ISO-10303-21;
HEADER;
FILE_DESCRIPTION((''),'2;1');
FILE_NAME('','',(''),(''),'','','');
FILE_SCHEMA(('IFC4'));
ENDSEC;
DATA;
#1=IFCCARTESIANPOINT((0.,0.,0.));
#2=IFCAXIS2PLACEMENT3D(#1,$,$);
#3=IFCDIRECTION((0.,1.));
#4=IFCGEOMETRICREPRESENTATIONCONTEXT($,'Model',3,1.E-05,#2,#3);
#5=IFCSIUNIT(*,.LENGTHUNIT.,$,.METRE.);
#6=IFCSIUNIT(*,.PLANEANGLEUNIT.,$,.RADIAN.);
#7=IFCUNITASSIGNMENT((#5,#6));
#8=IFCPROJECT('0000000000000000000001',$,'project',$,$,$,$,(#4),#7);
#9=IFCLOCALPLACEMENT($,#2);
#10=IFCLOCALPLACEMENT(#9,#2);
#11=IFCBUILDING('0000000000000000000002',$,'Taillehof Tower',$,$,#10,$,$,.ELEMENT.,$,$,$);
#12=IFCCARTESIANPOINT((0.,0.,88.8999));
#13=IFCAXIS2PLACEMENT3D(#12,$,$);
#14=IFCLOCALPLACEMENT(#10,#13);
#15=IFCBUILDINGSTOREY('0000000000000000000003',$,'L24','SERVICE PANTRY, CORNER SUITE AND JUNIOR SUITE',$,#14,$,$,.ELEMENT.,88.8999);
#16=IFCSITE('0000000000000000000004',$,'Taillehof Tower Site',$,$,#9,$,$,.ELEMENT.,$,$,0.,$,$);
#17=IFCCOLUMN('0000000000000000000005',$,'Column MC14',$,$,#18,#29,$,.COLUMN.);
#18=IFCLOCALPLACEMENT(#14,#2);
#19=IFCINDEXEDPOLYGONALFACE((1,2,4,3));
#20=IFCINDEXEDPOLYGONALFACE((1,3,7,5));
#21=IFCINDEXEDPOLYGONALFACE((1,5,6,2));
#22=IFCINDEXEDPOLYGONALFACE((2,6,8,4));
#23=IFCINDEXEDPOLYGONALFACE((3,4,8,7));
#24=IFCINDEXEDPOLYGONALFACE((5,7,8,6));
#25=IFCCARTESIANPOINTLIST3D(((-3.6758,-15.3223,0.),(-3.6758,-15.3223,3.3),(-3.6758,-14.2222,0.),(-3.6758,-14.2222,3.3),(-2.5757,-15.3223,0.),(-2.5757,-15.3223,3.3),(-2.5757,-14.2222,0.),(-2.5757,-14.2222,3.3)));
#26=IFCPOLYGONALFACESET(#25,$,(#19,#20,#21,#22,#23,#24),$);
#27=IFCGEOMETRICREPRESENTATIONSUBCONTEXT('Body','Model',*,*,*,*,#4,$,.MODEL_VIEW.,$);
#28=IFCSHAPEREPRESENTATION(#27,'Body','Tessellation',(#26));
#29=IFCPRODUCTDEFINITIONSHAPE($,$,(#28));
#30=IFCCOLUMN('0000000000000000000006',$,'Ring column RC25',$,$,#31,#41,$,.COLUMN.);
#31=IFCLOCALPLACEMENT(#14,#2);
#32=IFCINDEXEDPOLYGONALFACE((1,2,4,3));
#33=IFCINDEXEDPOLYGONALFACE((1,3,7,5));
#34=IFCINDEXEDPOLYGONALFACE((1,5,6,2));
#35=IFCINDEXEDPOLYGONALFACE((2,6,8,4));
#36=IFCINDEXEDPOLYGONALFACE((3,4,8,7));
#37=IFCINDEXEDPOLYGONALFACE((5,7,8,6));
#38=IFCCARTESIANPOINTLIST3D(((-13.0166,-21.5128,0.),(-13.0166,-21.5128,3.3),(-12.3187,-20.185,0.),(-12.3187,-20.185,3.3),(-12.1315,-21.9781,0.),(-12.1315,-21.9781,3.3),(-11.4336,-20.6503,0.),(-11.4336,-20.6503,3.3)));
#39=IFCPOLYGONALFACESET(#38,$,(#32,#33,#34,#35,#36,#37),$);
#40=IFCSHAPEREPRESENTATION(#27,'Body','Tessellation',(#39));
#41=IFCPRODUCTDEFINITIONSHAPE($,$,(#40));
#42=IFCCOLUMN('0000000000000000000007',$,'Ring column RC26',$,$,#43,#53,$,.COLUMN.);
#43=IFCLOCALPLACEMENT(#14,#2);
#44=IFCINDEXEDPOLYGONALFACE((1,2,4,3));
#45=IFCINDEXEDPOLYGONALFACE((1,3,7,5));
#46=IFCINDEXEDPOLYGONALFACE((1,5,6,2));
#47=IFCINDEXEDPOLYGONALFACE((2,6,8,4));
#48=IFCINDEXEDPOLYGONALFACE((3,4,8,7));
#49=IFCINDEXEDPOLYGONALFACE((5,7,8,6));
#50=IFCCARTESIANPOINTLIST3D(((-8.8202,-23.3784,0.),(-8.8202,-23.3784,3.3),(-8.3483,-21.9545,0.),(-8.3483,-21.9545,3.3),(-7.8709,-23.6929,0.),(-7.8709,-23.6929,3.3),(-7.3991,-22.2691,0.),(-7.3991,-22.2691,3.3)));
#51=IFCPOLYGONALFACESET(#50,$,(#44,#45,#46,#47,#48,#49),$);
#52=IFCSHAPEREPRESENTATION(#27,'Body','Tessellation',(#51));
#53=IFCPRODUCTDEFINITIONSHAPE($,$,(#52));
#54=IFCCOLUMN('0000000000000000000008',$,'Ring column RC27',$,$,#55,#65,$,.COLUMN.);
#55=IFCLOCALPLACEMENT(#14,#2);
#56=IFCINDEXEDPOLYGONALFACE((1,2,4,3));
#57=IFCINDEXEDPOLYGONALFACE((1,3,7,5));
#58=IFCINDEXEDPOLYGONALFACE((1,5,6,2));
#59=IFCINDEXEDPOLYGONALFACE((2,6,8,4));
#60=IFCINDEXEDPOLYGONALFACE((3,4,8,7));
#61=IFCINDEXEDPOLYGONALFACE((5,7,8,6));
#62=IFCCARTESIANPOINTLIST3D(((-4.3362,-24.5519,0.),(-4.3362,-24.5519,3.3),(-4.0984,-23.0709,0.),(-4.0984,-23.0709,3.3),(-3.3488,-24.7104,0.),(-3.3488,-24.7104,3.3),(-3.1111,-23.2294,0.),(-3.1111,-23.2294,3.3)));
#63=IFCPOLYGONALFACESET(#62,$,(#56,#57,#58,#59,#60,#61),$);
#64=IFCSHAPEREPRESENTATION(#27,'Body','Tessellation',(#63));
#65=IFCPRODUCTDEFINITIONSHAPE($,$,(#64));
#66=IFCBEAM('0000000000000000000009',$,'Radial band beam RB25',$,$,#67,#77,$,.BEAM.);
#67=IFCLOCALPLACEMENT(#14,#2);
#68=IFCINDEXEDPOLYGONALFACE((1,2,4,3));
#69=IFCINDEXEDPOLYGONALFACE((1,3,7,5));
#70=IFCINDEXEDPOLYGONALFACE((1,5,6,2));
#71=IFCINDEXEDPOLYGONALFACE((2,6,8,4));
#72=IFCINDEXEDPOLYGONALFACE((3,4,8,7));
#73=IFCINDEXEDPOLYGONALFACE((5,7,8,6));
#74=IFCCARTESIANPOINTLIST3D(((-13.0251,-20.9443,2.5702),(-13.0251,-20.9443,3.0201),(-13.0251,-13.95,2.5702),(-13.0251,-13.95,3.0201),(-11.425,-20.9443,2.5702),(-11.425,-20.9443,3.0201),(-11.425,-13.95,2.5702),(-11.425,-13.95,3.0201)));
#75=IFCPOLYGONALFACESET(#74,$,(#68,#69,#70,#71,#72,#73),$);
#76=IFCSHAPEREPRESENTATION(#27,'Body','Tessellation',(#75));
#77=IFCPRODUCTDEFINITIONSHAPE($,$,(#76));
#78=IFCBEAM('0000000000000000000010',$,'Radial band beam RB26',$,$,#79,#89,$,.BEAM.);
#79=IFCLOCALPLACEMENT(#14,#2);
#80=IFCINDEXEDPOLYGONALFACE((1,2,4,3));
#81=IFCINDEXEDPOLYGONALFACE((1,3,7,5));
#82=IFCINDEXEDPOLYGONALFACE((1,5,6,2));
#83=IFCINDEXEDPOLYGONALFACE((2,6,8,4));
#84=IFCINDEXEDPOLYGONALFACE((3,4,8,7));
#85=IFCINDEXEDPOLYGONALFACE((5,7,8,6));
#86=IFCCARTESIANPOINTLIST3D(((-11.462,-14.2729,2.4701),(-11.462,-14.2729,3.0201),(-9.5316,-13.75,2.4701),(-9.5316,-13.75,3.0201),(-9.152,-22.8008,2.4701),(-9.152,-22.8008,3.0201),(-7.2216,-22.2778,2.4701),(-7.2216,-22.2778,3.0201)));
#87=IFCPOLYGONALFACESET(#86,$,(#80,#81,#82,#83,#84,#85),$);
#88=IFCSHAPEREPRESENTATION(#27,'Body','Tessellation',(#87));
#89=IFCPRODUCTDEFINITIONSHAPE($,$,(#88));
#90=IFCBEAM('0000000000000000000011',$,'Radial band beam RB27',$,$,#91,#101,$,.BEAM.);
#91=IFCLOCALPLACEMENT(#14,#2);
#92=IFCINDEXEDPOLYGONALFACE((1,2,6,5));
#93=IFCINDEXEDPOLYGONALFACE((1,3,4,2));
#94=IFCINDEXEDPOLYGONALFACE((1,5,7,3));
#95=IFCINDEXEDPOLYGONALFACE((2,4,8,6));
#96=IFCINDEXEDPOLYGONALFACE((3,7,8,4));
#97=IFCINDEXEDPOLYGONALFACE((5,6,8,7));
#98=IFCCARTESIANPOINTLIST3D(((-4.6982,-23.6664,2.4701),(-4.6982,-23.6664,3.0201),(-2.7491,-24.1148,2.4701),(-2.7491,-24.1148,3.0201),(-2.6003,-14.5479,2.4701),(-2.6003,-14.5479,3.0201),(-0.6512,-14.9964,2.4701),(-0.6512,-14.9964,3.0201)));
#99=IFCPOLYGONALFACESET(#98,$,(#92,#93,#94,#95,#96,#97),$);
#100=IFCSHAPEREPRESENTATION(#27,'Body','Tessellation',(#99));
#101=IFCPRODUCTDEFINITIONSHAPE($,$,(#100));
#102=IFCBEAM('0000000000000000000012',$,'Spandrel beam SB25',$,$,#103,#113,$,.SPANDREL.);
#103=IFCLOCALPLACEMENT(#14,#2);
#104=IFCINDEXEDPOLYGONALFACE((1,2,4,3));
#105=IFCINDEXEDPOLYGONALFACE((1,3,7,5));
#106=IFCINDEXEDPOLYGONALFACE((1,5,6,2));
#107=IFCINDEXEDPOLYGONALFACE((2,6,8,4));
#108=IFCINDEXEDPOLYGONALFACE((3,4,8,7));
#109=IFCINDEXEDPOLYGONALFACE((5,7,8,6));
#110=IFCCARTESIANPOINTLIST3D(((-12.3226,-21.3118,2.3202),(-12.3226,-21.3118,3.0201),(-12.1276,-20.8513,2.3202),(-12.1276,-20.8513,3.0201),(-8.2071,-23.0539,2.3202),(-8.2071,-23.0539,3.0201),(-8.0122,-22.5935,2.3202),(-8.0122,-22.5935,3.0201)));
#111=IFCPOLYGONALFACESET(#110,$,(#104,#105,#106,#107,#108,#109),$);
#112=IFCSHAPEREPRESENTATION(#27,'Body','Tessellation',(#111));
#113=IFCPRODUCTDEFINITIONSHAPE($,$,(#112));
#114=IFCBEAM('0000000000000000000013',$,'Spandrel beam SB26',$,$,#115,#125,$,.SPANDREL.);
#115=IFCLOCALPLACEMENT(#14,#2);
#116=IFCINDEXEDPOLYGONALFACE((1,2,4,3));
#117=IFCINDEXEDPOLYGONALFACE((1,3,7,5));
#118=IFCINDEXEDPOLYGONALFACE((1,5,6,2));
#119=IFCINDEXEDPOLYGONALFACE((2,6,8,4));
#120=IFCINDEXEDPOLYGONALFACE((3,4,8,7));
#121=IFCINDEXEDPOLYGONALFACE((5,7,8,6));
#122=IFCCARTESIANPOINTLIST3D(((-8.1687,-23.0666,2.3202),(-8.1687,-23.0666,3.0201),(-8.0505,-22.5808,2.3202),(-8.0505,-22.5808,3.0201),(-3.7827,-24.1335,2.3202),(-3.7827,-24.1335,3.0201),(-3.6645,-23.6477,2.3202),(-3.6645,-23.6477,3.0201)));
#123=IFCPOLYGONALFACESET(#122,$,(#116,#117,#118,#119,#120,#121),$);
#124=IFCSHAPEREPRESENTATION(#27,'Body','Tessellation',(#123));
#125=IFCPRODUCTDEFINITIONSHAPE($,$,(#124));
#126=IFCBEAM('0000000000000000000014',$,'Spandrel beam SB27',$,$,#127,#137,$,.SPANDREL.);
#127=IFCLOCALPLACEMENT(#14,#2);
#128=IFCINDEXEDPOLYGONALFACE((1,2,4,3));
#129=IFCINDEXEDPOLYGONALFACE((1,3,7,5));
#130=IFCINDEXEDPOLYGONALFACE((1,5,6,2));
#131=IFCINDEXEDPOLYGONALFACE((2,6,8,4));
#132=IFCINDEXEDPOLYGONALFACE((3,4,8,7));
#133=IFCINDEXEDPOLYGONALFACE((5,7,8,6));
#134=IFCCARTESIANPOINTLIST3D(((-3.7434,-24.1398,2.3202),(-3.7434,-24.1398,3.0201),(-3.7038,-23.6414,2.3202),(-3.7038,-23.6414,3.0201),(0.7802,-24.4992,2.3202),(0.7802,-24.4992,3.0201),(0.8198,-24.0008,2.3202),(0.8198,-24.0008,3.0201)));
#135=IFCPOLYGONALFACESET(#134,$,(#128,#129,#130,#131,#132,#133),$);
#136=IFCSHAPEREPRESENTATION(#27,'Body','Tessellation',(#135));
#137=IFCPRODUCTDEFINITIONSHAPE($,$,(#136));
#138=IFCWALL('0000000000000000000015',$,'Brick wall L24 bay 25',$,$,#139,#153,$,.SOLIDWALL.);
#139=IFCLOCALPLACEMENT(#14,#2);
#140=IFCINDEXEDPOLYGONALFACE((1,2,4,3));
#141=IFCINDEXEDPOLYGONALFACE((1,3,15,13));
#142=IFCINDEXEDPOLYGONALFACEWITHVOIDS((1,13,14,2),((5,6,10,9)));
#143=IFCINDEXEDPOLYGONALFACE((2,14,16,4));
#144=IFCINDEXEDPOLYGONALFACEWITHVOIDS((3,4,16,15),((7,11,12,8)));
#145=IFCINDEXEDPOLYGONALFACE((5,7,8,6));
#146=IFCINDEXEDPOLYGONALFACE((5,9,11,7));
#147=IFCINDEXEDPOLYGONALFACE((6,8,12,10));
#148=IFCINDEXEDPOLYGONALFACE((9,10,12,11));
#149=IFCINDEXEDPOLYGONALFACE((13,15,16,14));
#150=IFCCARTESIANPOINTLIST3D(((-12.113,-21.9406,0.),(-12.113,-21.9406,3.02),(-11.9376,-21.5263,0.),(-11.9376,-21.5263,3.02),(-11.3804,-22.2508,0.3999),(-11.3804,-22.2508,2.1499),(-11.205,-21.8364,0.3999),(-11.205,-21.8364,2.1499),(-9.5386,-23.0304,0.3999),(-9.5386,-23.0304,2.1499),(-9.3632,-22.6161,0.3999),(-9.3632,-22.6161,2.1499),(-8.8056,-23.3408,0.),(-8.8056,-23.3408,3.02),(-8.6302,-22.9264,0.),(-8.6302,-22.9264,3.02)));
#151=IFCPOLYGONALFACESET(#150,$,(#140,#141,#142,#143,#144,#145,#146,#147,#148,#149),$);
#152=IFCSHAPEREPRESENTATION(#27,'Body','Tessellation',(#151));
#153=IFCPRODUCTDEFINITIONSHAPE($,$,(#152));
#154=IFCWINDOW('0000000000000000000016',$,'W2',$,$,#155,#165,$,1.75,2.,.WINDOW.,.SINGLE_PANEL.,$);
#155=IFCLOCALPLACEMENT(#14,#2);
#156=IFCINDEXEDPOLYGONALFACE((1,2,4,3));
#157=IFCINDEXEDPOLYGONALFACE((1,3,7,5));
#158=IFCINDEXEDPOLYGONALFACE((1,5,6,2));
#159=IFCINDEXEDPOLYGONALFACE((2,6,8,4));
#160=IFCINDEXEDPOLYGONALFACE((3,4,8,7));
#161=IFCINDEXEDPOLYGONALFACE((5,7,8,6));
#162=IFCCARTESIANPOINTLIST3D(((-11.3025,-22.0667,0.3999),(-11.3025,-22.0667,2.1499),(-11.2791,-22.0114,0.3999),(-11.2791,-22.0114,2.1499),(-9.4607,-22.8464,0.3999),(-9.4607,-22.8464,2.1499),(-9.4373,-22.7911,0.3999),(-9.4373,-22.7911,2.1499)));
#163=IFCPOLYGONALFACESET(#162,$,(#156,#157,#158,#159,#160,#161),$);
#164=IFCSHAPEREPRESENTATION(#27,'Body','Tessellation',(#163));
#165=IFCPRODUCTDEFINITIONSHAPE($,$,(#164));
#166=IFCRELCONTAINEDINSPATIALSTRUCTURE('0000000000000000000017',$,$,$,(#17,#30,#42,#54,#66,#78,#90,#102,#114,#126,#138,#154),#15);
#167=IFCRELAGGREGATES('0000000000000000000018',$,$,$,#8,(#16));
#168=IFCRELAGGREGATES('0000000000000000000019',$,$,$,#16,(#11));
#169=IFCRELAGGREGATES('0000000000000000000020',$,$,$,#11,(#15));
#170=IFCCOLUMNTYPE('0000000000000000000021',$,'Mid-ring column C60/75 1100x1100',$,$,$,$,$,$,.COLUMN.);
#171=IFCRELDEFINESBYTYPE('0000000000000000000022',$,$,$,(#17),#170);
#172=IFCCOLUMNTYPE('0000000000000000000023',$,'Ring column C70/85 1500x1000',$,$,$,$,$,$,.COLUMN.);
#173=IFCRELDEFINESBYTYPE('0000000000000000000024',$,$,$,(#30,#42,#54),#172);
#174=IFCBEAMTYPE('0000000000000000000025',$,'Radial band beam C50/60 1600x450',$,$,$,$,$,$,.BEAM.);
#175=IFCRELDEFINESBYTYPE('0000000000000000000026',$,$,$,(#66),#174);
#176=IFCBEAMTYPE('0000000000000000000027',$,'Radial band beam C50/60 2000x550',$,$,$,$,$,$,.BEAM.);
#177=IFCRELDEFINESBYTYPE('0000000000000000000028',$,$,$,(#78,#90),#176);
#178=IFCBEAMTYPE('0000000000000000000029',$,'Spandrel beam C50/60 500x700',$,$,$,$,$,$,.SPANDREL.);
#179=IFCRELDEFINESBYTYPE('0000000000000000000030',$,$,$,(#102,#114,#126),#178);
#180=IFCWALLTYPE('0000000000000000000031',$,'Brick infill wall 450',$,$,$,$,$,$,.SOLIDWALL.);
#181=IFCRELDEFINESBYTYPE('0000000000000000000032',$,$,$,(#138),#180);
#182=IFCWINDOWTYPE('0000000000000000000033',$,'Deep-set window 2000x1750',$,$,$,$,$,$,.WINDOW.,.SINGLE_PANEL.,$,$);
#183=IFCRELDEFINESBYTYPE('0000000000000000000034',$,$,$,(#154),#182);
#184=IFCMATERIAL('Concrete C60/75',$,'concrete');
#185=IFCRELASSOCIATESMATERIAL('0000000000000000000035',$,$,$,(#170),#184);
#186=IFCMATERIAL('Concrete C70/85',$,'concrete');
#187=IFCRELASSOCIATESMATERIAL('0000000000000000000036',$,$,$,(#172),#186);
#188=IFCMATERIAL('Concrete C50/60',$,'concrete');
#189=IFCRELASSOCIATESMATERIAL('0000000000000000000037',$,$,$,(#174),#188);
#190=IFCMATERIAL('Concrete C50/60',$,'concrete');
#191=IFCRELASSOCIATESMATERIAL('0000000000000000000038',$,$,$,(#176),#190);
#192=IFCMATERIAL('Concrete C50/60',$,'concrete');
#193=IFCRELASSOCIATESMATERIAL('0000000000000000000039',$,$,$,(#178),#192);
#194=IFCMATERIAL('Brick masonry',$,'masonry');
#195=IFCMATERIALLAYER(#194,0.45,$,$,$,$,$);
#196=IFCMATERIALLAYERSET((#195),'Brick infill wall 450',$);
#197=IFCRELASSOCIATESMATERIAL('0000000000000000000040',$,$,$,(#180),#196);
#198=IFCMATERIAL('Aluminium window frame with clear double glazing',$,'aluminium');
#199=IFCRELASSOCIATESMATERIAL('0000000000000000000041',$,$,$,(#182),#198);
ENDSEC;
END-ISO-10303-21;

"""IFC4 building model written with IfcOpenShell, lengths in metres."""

from ifc_helpers import new_model, si_unit, direction, frame, frame_2d, origin, origin_2d, place, context, subcontext, project, spatial, rectangle, extrude, material, layer, layer_set, material_profile, profile_set, type_object, element, fill, save


model = new_model("IFC4")

# Units and contexts
model_context = context("Model", 3, precision=1e-05, world=origin(), true_north=direction((0.0, 1.0)))
body_context = subcontext(model_context, "Body", "Model", "MODEL_VIEW")
ifc_project = project(units=[si_unit("LENGTHUNIT", "METRE"), si_unit("PLANEANGLEUNIT", "RADIAN")], contexts=[model_context])

# Site, building, storey
site_placement = place(None, origin())
site = spatial("IfcSite", under=ifc_project, at=site_placement, Name="Taillehof Tower Site", CompositionType="ELEMENT", RefElevation=0.0)
building_placement = place(site_placement, origin())
building = spatial("IfcBuilding", under=site, at=building_placement, Name="Taillehof Tower", CompositionType="ELEMENT")
storey_placement = place(building_placement, frame((0.0, 0.0, 88.8999)))
storey = spatial("IfcBuildingStorey", under=building, at=storey_placement, Name="L24", Description="SERVICE PANTRY, CORNER SUITE AND JUNIOR SUITE", CompositionType="ELEMENT", Elevation=88.8999)

# Columns
ifc_material_1 = material(Name="Concrete C60/75", Category="concrete")
ifc_material_profile_1 = material_profile(ifc_material_1, rectangle(XDim=1.1001, YDim=1.1001, at=origin_2d()), Name="RC 1100x1100")
ifc_profile_set_1 = profile_set([ifc_material_profile_1], Name="Concrete C60/75")
column_type_1 = type_object("IfcColumnType", Name="Mid-ring column C60/75 1100x1100", PredefinedType="COLUMN", material=ifc_profile_set_1)
column_placement = place(storey_placement, frame((-3.1257, -14.7722, 0.0), z_axis=(0.0, 0.0, 1.0), x_axis=(1.0, 0.0, 0.0)))
element("IfcColumn", 1, at=column_placement, inside=storey, type_object=column_type_1, Name="Column MC14", PredefinedType="COLUMN", context=body_context, shape_type="SweptSolid", body=[
    extrude(rectangle(XDim=1.1001, YDim=1.1001, at=origin_2d()), origin(), (0.0, 0.0, 1.0), 3.3),
])
ifc_material_2 = material(Name="Concrete C70/85", Category="concrete")
ifc_material_profile_2 = material_profile(ifc_material_2, rectangle(XDim=1.5, YDim=1.0, at=origin_2d()), Name="RC 1500x1000")
ifc_profile_set_2 = profile_set([ifc_material_profile_2], Name="Concrete C70/85")
column_type_2 = type_object("IfcColumnType", Name="Ring column C70/85 1500x1000", PredefinedType="COLUMN", material=ifc_profile_set_2)
for number, where, z_axis, x_axis, name in (
    (2, (-12.2251, -21.0815, 0.0), (0.0, 0.0, 1.0), (-0.465283, -0.885162, 0.0), "Ring column RC25"),
    (3, (-8.1096, -22.8237, 0.0), (0.0, 0.0, 1.0), (-0.314555, -0.949239, 0.0), "Ring column RC26"),
    (4, (-3.7236, -23.8906, 0.0), (0.0, 0.0, 1.0), (-0.158507, -0.987358, 0.0), "Ring column RC27"),
):
    element("IfcColumn", number, at=place(storey_placement, frame(where, z_axis=z_axis, x_axis=x_axis)), inside=storey, type_object=column_type_2, Name=name, PredefinedType="COLUMN", context=body_context, shape_type="SweptSolid", body=[
        extrude(rectangle(XDim=1.5, YDim=1.0, at=origin_2d()), origin(), (0.0, 0.0, 1.0), 3.3),
    ])

# Beams
ifc_material_3 = material(Name="Concrete C50/60", Category="concrete")
ifc_material_profile_3 = material_profile(ifc_material_3, rectangle(XDim=1.6001, YDim=0.45, at=origin_2d()), Name="RC 1600x450")
ifc_profile_set_3 = profile_set([ifc_material_profile_3], Name="Concrete C50/60")
beam_type_1 = type_object("IfcBeamType", Name="Radial band beam C50/60 1600x450", PredefinedType="BEAM", material=ifc_profile_set_3)
beam_1_placement = place(storey_placement, frame((-12.2251, -20.9443, 2.7952), z_axis=(0.0, 1.0, 0.0), x_axis=(-1.0, 0.0, 0.0)))
element("IfcBeam", 5, at=beam_1_placement, inside=storey, type_object=beam_type_1, Name="Radial band beam RB25", PredefinedType="BEAM", context=body_context, shape_type="SweptSolid", body=[
    extrude(rectangle(XDim=1.6001, YDim=0.45, at=origin_2d()), origin(), (0.0, 0.0, 1.0), 6.9944),
])
ifc_material_4 = material(Name="Concrete C50/60", Category="concrete")
ifc_material_profile_4 = material_profile(ifc_material_4, rectangle(XDim=2.0, YDim=0.55, at=origin_2d()), Name="RC 2000x550")
ifc_profile_set_4 = profile_set([ifc_material_profile_4], Name="Concrete C50/60")
beam_type_2 = type_object("IfcBeamType", Name="Radial band beam C50/60 2000x550", PredefinedType="BEAM", material=ifc_profile_set_4)
beam_2_placement = place(storey_placement, frame((-8.1868, -22.5393, 2.7451), z_axis=(-0.261462, 0.965214, 0.0), x_axis=(-0.965214, -0.261462, 0.0)))
element("IfcBeam", 6, at=beam_2_placement, inside=storey, type_object=beam_type_2, Name="Radial band beam RB26", PredefinedType="BEAM", context=body_context, shape_type="SweptSolid", body=[
    extrude(rectangle(XDim=2.0, YDim=0.55, at=origin_2d()), origin(), (0.0, 0.0, 1.0), 8.8352),
])
beam_3_placement = place(storey_placement, frame((-3.7236, -23.8906, 2.7451), z_axis=(0.224215, 0.97454, 0.0), x_axis=(-0.97454, 0.224215, 0.0)))
element("IfcBeam", 7, at=beam_3_placement, inside=storey, type_object=beam_type_2, Name="Radial band beam RB27", PredefinedType="BEAM", context=body_context, shape_type="SweptSolid", body=[
    extrude(rectangle(XDim=2.0, YDim=0.55, at=origin_2d()), origin(), (0.0, 0.0, 1.0), 9.3567),
])
ifc_material_5 = material(Name="Concrete C50/60", Category="concrete")
ifc_material_profile_5 = material_profile(ifc_material_5, rectangle(XDim=0.5, YDim=0.7, at=origin_2d()), Name="RC 500x700")
ifc_profile_set_5 = profile_set([ifc_material_profile_5], Name="Concrete C50/60")
beam_type_3 = type_object("IfcBeamType", Name="Spandrel beam C50/60 500x700", PredefinedType="SPANDREL", material=ifc_profile_set_5)
beam_4_placement = place(storey_placement, frame((-12.2251, -21.0815, 2.6702), z_axis=(0.920885, -0.389834, 0.0), x_axis=(0.389834, 0.920885, 0.0)))
element("IfcBeam", 8, at=beam_4_placement, inside=storey, type_object=beam_type_3, Name="Spandrel beam SB25", PredefinedType="SPANDREL", context=body_context, shape_type="SweptSolid", body=[
    extrude(rectangle(XDim=0.5, YDim=0.7, at=origin_2d()), origin(), (0.0, 0.0, 1.0), 4.469),
])
beam_5_placement = place(storey_placement, frame((-8.1096, -22.8237, 2.6702), z_axis=(0.971666, -0.236358, 0.0), x_axis=(0.236358, 0.971666, 0.0)))
element("IfcBeam", 9, at=beam_5_placement, inside=storey, type_object=beam_type_3, Name="Spandrel beam SB26", PredefinedType="SPANDREL", context=body_context, shape_type="SweptSolid", body=[
    extrude(rectangle(XDim=0.5, YDim=0.7, at=origin_2d()), origin(), (0.0, 0.0, 1.0), 4.5139),
])
beam_6_placement = place(storey_placement, frame((-3.7236, -23.8906, 2.6702), z_axis=(0.996859, -0.079194, 0.0), x_axis=(0.079194, 0.996859, 0.0)))
element("IfcBeam", 10, at=beam_6_placement, inside=storey, type_object=beam_type_3, Name="Spandrel beam SB27", PredefinedType="SPANDREL", context=body_context, shape_type="SweptSolid", body=[
    extrude(rectangle(XDim=0.5, YDim=0.7, at=origin_2d()), origin(), (0.0, 0.0, 1.0), 4.5378),
])

# Wall, opening, window
ifc_material_6 = material(Name="Brick masonry", Category="masonry")
ifc_layer_1 = layer(ifc_material_6, 0.45)
ifc_layer_set_1 = layer_set([ifc_layer_1], Name="Brick infill wall 450")
wall_type_1 = type_object("IfcWallType", Name="Brick infill wall 450", PredefinedType="SOLIDWALL", material=ifc_layer_set_1)
wall_1_placement = place(storey_placement, frame((-12.0254, -21.7334, 0.0), z_axis=(0.0, 0.0, 1.0), x_axis=(0.92088, -0.389846, 0.0)))
wall_1 = element("IfcWall", 11, at=wall_1_placement, inside=storey, type_object=wall_type_1, Name="Brick wall L24 bay 25", PredefinedType="SOLIDWALL", context=body_context, shape_type="SweptSolid", body=[
    extrude(rectangle(XDim=3.5916, YDim=0.45, at=frame_2d((1.7959, 0.0))), origin(), (0.0, 0.0, 1.0), 3.02),
])
opening_1_placement = place(wall_1_placement, frame((0.7957, 0.0, 0.3999)))
opening_1 = element("IfcOpeningElement", 12, at=opening_1_placement, cuts=wall_1, PredefinedType="OPENING", context=body_context, shape_type="SweptSolid", body=[
    extrude(rectangle(XDim=2.0, YDim=1.75, at=frame_2d((1.0, 0.875))), frame((0.0, 0.2349, 0.0), z_axis=(0.0, -1.0, 0.0), x_axis=(1.0, 0.0, 0.0)), (0.0, 0.0, 1.0), 0.47),
])
ifc_material_7 = material(Name="Aluminium window frame with clear double glazing", Category="aluminium")
window_type = type_object("IfcWindowType", Name="Deep-set window 2000x1750", PartitioningType="SINGLE_PANEL", PredefinedType="WINDOW", material=ifc_material_7)
window_1_placement = place(opening_1_placement, origin())
window_1 = element("IfcWindow", 13, at=window_1_placement, inside=storey, type_object=window_type, Name="W2", OverallHeight=1.75, OverallWidth=2.0, PartitioningType="SINGLE_PANEL", PredefinedType="WINDOW", context=body_context, shape_type="SweptSolid", body=[
    extrude(rectangle(XDim=2.0, YDim=1.75, at=frame_2d((1.0, 0.875))), frame((0.0, 0.0349, 0.0), z_axis=(0.0, -1.0, 0.0), x_axis=(1.0, 0.0, 0.0)), (0.0, 0.0, 1.0), 0.0601),
])
fill(opening_1, window_1)

save(model, "model.ifc")
